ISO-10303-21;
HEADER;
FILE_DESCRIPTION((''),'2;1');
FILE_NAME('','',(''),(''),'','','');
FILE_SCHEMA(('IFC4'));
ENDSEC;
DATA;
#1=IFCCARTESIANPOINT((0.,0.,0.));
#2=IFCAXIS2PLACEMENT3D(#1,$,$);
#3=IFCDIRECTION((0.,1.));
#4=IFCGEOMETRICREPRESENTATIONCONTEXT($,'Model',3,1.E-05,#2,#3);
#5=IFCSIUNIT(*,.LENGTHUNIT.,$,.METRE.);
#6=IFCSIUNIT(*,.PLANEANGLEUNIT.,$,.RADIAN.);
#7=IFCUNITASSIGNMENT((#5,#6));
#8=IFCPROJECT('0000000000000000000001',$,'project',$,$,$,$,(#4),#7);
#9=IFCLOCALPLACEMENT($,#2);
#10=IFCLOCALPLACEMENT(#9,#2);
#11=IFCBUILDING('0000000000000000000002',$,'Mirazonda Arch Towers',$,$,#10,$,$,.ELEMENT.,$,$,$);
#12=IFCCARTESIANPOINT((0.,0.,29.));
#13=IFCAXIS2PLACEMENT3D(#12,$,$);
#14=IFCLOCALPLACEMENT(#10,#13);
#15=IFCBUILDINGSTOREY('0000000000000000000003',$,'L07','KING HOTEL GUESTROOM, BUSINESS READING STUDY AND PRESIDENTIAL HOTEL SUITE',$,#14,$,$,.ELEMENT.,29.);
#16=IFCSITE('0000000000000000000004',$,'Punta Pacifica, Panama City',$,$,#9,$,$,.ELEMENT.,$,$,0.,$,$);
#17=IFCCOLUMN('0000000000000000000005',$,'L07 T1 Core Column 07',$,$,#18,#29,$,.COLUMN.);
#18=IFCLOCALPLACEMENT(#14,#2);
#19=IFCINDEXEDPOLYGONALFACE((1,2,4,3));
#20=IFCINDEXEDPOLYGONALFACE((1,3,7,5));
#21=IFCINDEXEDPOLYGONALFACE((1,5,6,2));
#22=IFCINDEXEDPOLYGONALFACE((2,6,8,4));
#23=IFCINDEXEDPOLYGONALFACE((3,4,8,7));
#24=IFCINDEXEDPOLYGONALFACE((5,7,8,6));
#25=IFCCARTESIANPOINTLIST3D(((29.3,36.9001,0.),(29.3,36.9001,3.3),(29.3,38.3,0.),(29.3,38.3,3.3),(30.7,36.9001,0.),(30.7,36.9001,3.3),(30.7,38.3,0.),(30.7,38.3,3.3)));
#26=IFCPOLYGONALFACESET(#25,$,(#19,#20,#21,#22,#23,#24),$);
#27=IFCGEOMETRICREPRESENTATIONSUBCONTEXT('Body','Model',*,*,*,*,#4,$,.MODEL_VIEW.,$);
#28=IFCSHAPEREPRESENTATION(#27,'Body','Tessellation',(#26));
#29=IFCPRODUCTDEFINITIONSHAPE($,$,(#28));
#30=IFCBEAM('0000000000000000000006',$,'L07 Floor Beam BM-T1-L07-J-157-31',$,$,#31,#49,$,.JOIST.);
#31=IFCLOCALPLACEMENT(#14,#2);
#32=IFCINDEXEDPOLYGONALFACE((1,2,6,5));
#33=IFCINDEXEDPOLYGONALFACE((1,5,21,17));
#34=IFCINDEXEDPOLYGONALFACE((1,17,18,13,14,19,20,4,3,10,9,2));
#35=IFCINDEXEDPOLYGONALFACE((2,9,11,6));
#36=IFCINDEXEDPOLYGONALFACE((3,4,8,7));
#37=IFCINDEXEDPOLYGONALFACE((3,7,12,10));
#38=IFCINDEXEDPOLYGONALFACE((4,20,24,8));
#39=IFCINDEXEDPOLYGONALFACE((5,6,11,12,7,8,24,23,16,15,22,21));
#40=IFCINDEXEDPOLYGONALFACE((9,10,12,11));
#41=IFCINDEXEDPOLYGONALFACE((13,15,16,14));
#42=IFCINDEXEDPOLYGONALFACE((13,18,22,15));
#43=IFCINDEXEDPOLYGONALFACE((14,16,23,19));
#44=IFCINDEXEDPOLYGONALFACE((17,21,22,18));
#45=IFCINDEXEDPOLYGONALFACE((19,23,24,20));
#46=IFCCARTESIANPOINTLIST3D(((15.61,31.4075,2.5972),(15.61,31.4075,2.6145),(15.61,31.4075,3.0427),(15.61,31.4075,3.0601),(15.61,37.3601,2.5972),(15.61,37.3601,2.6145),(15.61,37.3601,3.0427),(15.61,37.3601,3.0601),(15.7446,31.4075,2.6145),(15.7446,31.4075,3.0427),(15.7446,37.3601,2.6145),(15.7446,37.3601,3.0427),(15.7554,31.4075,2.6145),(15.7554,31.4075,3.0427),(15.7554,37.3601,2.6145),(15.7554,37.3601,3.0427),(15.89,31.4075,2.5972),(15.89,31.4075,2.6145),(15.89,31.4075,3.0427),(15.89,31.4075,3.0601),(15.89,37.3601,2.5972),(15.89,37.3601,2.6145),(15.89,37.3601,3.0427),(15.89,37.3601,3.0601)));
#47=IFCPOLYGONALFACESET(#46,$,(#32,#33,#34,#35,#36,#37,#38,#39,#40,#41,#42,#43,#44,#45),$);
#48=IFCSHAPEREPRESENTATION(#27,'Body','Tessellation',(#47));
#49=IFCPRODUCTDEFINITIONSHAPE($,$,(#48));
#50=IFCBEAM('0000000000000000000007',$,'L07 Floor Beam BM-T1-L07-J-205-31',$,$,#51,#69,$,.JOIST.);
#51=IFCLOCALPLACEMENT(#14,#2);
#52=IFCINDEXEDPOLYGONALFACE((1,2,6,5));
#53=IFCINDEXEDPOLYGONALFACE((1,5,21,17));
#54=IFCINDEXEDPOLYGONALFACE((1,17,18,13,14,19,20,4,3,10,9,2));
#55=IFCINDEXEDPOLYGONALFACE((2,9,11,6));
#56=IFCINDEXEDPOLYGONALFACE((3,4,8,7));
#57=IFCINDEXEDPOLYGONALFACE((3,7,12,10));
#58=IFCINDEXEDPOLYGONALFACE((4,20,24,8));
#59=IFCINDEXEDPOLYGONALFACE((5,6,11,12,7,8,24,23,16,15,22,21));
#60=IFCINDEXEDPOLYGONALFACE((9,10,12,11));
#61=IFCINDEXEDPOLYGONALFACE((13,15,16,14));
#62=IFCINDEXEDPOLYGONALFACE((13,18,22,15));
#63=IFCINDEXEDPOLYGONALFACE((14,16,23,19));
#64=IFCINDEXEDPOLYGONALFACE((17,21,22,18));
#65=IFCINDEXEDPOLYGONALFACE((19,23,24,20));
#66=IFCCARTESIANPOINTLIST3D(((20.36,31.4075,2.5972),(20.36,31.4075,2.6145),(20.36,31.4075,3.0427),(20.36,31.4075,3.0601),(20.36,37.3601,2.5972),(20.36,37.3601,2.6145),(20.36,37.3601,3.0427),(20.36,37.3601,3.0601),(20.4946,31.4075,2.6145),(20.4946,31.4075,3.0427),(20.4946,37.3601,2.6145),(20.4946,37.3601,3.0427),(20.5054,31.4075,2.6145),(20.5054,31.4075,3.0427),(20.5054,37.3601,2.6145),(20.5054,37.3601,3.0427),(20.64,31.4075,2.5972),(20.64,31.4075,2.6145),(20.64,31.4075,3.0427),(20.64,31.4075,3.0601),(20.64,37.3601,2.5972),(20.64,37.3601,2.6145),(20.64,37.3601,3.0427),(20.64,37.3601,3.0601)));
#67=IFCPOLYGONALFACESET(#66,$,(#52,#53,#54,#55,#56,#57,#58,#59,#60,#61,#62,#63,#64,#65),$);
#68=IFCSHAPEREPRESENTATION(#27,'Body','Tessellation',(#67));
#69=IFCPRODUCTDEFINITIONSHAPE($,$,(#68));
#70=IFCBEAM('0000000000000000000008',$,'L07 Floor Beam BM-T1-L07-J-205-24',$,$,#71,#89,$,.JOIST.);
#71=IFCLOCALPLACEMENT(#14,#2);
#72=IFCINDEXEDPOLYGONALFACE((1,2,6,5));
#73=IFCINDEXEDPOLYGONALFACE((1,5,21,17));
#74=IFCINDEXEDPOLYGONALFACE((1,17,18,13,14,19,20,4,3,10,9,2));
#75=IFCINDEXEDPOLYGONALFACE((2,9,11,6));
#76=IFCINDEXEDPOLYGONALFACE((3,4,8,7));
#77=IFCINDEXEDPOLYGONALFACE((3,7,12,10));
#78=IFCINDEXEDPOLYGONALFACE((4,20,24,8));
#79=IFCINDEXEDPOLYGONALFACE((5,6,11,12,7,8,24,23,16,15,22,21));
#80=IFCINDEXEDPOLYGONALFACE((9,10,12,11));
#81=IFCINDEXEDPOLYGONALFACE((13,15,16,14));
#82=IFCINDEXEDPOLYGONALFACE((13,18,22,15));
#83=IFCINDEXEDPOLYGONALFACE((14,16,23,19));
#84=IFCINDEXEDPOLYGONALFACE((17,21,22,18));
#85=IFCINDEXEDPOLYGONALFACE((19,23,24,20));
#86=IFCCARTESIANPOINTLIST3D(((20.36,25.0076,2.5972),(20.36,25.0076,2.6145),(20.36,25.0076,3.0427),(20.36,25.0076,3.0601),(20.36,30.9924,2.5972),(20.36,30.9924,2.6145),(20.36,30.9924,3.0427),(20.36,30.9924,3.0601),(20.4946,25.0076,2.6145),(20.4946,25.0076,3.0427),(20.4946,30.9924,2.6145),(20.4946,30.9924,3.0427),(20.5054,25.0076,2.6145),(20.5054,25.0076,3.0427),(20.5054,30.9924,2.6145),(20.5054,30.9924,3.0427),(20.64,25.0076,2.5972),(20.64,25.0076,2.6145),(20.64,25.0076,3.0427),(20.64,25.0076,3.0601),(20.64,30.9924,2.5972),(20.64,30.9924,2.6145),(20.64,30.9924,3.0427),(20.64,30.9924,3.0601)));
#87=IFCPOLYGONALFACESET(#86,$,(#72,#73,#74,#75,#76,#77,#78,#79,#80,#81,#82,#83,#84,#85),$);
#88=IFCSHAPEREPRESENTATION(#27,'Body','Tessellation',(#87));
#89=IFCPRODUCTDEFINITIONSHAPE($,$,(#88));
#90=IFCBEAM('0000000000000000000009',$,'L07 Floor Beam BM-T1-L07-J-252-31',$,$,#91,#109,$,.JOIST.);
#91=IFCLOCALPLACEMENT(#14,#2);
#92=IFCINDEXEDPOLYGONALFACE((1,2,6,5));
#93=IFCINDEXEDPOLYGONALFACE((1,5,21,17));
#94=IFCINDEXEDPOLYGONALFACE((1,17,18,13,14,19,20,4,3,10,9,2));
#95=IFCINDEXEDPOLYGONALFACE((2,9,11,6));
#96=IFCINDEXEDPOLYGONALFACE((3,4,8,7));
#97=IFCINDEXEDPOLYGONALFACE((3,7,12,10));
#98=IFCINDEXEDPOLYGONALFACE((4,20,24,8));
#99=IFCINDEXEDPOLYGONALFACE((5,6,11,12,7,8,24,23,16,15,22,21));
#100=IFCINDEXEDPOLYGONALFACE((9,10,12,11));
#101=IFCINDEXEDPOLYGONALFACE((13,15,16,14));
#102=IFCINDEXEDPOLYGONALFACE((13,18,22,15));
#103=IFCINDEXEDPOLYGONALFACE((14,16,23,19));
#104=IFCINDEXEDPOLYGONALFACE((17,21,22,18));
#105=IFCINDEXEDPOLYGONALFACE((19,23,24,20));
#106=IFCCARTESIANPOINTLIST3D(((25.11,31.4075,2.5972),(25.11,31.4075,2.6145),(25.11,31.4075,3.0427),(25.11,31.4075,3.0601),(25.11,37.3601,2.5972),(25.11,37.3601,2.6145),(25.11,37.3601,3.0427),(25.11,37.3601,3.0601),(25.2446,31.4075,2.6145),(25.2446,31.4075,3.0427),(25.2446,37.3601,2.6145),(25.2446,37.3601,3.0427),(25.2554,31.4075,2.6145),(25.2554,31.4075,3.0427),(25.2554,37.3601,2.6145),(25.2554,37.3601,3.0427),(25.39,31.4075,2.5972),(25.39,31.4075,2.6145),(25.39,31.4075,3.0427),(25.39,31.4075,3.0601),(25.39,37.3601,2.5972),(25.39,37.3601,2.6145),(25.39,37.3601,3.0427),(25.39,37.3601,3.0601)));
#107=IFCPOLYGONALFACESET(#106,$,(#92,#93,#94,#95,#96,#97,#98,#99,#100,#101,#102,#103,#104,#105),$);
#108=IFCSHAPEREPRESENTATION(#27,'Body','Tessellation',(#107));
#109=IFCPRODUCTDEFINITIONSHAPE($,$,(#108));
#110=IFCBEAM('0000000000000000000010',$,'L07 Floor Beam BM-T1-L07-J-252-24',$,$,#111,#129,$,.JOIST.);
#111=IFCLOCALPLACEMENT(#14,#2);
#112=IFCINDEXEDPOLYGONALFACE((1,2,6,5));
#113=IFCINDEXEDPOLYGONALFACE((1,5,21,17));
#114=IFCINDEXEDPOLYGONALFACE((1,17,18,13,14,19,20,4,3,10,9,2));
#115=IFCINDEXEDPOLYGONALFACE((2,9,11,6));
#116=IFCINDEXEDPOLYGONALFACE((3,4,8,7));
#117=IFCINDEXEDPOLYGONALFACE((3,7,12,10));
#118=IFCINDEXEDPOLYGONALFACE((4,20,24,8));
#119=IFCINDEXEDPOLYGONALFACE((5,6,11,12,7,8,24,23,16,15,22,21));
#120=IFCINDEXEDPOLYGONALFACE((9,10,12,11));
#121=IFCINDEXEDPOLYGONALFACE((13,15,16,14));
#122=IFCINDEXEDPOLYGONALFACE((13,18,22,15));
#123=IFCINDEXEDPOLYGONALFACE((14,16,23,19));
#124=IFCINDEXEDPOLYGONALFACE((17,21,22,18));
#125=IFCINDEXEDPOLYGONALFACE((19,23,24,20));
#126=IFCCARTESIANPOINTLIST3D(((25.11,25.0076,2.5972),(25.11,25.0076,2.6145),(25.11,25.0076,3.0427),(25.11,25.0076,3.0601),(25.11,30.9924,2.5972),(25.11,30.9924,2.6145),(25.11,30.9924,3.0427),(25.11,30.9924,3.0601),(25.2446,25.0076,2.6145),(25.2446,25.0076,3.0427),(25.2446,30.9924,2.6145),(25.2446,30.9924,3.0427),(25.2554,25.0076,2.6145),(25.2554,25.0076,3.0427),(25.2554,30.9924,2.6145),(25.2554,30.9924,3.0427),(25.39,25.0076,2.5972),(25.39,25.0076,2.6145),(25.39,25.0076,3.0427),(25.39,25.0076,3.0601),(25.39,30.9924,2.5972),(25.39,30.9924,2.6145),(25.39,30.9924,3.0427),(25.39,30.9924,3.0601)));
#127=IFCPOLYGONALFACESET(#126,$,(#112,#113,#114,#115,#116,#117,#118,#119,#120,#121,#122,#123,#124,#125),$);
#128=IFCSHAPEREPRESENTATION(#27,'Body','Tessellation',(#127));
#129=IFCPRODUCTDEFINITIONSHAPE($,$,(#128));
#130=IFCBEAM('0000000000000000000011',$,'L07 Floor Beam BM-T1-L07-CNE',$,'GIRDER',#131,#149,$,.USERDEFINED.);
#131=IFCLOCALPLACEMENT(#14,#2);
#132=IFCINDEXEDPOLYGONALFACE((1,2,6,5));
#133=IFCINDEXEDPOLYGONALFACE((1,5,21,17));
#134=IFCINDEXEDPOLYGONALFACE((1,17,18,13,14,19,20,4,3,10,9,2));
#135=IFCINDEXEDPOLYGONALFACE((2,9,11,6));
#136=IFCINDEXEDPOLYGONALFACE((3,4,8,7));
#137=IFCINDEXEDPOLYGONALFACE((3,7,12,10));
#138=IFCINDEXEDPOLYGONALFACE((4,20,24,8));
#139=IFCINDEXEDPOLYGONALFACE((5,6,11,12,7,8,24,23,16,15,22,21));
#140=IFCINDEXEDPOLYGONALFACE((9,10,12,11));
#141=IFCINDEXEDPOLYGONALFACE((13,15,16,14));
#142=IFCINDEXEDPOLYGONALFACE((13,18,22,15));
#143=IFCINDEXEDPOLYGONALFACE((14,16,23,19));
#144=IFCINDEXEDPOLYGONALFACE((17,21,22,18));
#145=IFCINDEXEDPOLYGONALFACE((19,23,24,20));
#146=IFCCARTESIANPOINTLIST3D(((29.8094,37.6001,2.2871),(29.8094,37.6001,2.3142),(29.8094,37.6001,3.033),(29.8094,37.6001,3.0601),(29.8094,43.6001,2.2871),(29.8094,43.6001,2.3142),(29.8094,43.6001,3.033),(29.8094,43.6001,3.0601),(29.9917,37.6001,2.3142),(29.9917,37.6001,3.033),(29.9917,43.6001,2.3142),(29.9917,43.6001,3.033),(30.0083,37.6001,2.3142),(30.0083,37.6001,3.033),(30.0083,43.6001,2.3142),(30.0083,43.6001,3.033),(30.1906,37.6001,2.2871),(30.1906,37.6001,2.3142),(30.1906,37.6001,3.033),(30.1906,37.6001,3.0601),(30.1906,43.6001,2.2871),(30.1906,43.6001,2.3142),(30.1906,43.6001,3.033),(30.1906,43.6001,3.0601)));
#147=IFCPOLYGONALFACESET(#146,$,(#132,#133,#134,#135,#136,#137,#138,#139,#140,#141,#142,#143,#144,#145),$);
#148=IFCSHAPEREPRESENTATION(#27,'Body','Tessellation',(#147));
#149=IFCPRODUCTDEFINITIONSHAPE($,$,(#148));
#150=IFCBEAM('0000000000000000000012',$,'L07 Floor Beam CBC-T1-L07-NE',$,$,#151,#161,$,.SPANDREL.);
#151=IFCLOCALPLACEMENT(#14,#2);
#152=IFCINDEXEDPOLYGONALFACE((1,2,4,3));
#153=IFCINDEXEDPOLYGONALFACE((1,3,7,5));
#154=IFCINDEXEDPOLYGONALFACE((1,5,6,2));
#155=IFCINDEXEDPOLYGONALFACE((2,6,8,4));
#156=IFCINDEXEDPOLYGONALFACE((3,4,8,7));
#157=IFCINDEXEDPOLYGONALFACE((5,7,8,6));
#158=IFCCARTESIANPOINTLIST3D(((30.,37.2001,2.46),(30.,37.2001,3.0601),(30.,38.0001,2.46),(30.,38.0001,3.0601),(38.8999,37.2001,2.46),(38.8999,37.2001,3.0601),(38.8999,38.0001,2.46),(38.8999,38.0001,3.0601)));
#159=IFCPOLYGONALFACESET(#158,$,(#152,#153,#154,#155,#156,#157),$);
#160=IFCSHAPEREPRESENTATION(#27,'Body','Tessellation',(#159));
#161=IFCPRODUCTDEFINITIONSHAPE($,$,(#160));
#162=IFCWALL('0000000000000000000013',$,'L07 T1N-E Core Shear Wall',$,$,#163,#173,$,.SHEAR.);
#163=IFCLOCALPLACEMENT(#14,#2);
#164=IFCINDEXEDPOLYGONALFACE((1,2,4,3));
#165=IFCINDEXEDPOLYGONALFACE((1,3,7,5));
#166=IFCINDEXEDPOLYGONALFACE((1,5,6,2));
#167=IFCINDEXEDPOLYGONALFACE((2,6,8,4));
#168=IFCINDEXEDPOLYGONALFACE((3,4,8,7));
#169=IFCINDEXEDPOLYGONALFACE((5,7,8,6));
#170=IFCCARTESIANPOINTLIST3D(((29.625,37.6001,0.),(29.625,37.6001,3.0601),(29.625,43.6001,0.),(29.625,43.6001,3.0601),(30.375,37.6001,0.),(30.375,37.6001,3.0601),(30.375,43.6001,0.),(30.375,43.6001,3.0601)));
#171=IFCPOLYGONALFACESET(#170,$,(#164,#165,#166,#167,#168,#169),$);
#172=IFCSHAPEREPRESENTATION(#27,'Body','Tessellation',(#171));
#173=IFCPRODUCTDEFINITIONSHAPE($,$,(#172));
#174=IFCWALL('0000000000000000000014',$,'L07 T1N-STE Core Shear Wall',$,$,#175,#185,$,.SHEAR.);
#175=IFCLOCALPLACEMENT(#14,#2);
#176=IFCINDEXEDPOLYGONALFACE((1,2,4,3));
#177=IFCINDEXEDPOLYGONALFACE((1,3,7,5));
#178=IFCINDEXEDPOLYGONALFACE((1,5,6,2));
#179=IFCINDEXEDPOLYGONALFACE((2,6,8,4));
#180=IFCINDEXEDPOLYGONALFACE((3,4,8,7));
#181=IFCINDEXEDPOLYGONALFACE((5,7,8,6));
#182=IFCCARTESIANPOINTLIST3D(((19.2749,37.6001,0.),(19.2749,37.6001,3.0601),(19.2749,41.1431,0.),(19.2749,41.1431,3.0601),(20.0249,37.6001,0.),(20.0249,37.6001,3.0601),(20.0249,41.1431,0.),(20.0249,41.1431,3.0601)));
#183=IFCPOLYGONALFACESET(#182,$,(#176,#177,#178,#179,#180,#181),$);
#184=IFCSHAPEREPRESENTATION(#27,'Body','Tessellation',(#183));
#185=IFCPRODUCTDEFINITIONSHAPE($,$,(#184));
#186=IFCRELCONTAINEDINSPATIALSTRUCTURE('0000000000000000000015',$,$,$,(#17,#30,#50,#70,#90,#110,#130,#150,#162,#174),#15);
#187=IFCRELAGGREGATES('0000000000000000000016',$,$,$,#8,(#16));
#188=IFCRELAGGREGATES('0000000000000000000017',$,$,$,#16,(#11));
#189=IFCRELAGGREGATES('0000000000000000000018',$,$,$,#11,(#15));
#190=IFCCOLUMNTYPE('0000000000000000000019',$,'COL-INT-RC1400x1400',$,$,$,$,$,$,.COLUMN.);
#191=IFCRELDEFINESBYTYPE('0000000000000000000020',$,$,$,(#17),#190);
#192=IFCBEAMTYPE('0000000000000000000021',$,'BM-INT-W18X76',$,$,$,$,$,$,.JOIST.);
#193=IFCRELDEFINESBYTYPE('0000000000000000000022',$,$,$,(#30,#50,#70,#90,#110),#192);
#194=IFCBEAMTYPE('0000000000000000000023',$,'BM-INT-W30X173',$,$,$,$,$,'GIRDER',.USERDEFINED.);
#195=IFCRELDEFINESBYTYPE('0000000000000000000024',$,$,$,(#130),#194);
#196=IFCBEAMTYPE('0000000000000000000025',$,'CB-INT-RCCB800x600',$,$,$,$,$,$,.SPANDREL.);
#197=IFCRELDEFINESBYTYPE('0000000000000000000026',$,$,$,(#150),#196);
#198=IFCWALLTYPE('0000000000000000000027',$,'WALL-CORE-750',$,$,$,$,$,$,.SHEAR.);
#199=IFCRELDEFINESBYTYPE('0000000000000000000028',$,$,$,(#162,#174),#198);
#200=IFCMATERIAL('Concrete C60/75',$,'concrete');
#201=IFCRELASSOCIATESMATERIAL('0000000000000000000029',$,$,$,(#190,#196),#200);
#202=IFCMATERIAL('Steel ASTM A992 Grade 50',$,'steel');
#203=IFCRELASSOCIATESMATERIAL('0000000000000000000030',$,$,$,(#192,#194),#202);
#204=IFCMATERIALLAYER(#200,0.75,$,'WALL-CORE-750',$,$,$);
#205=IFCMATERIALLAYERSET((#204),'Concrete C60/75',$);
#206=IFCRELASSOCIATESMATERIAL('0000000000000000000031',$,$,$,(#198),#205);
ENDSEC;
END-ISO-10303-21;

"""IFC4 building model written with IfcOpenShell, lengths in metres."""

from ifc_helpers import new_model, si_unit, direction, frame, frame_2d, origin, origin_2d, place, context, subcontext, project, spatial, rectangle, i_section, extrude, material, layer, layer_set, material_profile, profile_set, type_object, element, save


model = new_model("IFC4")

# Units and contexts
model_context = context("Model", 3, precision=1e-05, world=origin(), true_north=direction((0.0, 1.0)))
body_context = subcontext(model_context, "Body", "Model", "MODEL_VIEW")
ifc_project = project(units=[si_unit("LENGTHUNIT", "METRE"), si_unit("PLANEANGLEUNIT", "RADIAN")], contexts=[model_context])

# Site, building, storey
site_placement = place(None, origin())
site = spatial("IfcSite", under=ifc_project, at=site_placement, Name="Punta Pacifica, Panama City", CompositionType="ELEMENT", RefElevation=0.0)
building_placement = place(site_placement, origin())
building = spatial("IfcBuilding", under=site, at=building_placement, Name="Mirazonda Arch Towers", CompositionType="ELEMENT")
storey_placement = place(building_placement, frame((0.0, 0.0, 29.0)))
storey = spatial("IfcBuildingStorey", under=building, at=storey_placement, Name="L07", Description="KING HOTEL GUESTROOM, BUSINESS READING STUDY AND PRESIDENTIAL HOTEL SUITE", CompositionType="ELEMENT", Elevation=29.0)

# Column
ifc_material_1 = material(Name="Concrete C60/75", Category="concrete")
ifc_material_profile_1 = material_profile(ifc_material_1, rectangle(XDim=1.3999, YDim=1.3999, at=origin_2d()), Name="RC1400x1400")
ifc_profile_set_1 = profile_set([ifc_material_profile_1], Name="Concrete C60/75")
column_type = type_object("IfcColumnType", Name="COL-INT-RC1400x1400", PredefinedType="COLUMN", material=ifc_profile_set_1)
column_placement = place(storey_placement, frame((30.0, 37.6001, 0.0), z_axis=(0.0, 0.0, 1.0), x_axis=(1.0, 0.0, 0.0)))
element("IfcColumn", 1, at=column_placement, inside=storey, type_object=column_type, Name="L07 T1 Core Column 07", PredefinedType="COLUMN", context=body_context, shape_type="SweptSolid", body=[
    extrude(rectangle(XDim=1.3999, YDim=1.3999, at=origin_2d()), origin(), (0.0, 0.0, 1.0), 3.3),
])

# Beams
ifc_material_2 = material(Name="Steel ASTM A992 Grade 50", Category="steel")
ifc_material_profile_2 = material_profile(ifc_material_2, i_section(OverallWidth=0.28, OverallDepth=0.4629, WebThickness=0.0107, FlangeThickness=0.0173, at=origin_2d()), Name="W18X76")
ifc_profile_set_2 = profile_set([ifc_material_profile_2], Name="Steel ASTM A992 Grade 50")
beam_type_1 = type_object("IfcBeamType", Name="BM-INT-W18X76", PredefinedType="JOIST", material=ifc_profile_set_2)
for number, where, z_axis, x_axis, name in (
    (2, (15.75, 31.4075, 2.8286), (0.0, 1.0, 0.0), (-1.0, 0.0, 0.0), "L07 Floor Beam BM-T1-L07-J-157-31"),
    (3, (20.5, 31.4075, 2.8286), (0.0, 1.0, 0.0), (-1.0, 0.0, 0.0), "L07 Floor Beam BM-T1-L07-J-205-31"),
):
    element("IfcBeam", number, at=place(storey_placement, frame(where, z_axis=z_axis, x_axis=x_axis)), inside=storey, type_object=beam_type_1, Name=name, PredefinedType="JOIST", context=body_context, shape_type="SweptSolid", body=[
        extrude(i_section(OverallWidth=0.28, OverallDepth=0.4629, WebThickness=0.0107, FlangeThickness=0.0173, at=origin_2d()), origin(), (0.0, 0.0, 1.0), 5.9526),
    ])
beam_1_placement = place(storey_placement, frame((20.5, 25.0076, 2.8286), z_axis=(0.0, 1.0, 0.0), x_axis=(-1.0, 0.0, 0.0)))
element("IfcBeam", 4, at=beam_1_placement, inside=storey, type_object=beam_type_1, Name="L07 Floor Beam BM-T1-L07-J-205-24", PredefinedType="JOIST", context=body_context, shape_type="SweptSolid", body=[
    extrude(i_section(OverallWidth=0.28, OverallDepth=0.4629, WebThickness=0.0107, FlangeThickness=0.0173, at=origin_2d()), origin(), (0.0, 0.0, 1.0), 5.9849),
])
beam_2_placement = place(storey_placement, frame((25.25, 31.4075, 2.8286), z_axis=(0.0, 1.0, 0.0), x_axis=(-1.0, 0.0, 0.0)))
element("IfcBeam", 5, at=beam_2_placement, inside=storey, type_object=beam_type_1, Name="L07 Floor Beam BM-T1-L07-J-252-31", PredefinedType="JOIST", context=body_context, shape_type="SweptSolid", body=[
    extrude(i_section(OverallWidth=0.28, OverallDepth=0.4629, WebThickness=0.0107, FlangeThickness=0.0173, at=origin_2d()), origin(), (0.0, 0.0, 1.0), 5.9526),
])
beam_3_placement = place(storey_placement, frame((25.25, 25.0076, 2.8286), z_axis=(0.0, 1.0, 0.0), x_axis=(-1.0, 0.0, 0.0)))
element("IfcBeam", 6, at=beam_3_placement, inside=storey, type_object=beam_type_1, Name="L07 Floor Beam BM-T1-L07-J-252-24", PredefinedType="JOIST", context=body_context, shape_type="SweptSolid", body=[
    extrude(i_section(OverallWidth=0.28, OverallDepth=0.4629, WebThickness=0.0107, FlangeThickness=0.0173, at=origin_2d()), origin(), (0.0, 0.0, 1.0), 5.9849),
])
ifc_material_profile_3 = material_profile(ifc_material_2, i_section(OverallWidth=0.3811, OverallDepth=0.7729, WebThickness=0.0166, FlangeThickness=0.0271, at=origin_2d()), Name="W30X173")
ifc_profile_set_3 = profile_set([ifc_material_profile_3], Name="Steel ASTM A992 Grade 50")
beam_type_2 = type_object("IfcBeamType", Name="BM-INT-W30X173", ElementType="GIRDER", PredefinedType="USERDEFINED", material=ifc_profile_set_3)
beam_4_placement = place(storey_placement, frame((30.0, 37.6001, 2.6736), z_axis=(0.0, 1.0, 0.0), x_axis=(-1.0, 0.0, 0.0)))
element("IfcBeam", 7, at=beam_4_placement, inside=storey, type_object=beam_type_2, Name="L07 Floor Beam BM-T1-L07-CNE", ObjectType="GIRDER", PredefinedType="USERDEFINED", context=body_context, shape_type="SweptSolid", body=[
    extrude(i_section(OverallWidth=0.3811, OverallDepth=0.7729, WebThickness=0.0166, FlangeThickness=0.0271, at=origin_2d()), origin(), (0.0, 0.0, 1.0), 6.0),
])
ifc_material_profile_4 = material_profile(ifc_material_1, rectangle(XDim=0.8, YDim=0.6001, at=origin_2d()), Name="RCCB800x600")
ifc_profile_set_4 = profile_set([ifc_material_profile_4], Name="Concrete C60/75")
beam_type_3 = type_object("IfcBeamType", Name="CB-INT-RCCB800x600", PredefinedType="SPANDREL", material=ifc_profile_set_4)
beam_5_placement = place(storey_placement, frame((30.0, 37.6001, 2.76), z_axis=(1.0, 0.0, 0.0), x_axis=(0.0, 1.0, 0.0)))
element("IfcBeam", 8, at=beam_5_placement, inside=storey, type_object=beam_type_3, Name="L07 Floor Beam CBC-T1-L07-NE", PredefinedType="SPANDREL", context=body_context, shape_type="SweptSolid", body=[
    extrude(rectangle(XDim=0.8, YDim=0.6001, at=origin_2d()), origin(), (0.0, 0.0, 1.0), 8.8999),
])

# Walls
ifc_layer_1 = layer(ifc_material_1, 0.75, Name="WALL-CORE-750")
ifc_layer_set_1 = layer_set([ifc_layer_1], Name="Concrete C60/75")
wall_type_1 = type_object("IfcWallType", Name="WALL-CORE-750", PredefinedType="SHEAR", material=ifc_layer_set_1)
wall_1_placement = place(storey_placement, frame((30.0, 37.6001, 0.0), z_axis=(0.0, 0.0, 1.0), x_axis=(0.0, 1.0, 0.0)))
element("IfcWall", 9, at=wall_1_placement, inside=storey, type_object=wall_type_1, Name="L07 T1N-E Core Shear Wall", PredefinedType="SHEAR", context=body_context, shape_type="SweptSolid", body=[
    extrude(rectangle(XDim=6.0, YDim=0.75, at=frame_2d((3.0, 0.0))), origin(), (0.0, 0.0, 1.0), 3.0601),
])
wall_2_placement = place(storey_placement, frame((19.6499, 37.6001, 0.0), z_axis=(0.0, 0.0, 1.0), x_axis=(0.0, 1.0, 0.0)))
element("IfcWall", 10, at=wall_2_placement, inside=storey, type_object=wall_type_1, Name="L07 T1N-STE Core Shear Wall", PredefinedType="SHEAR", context=body_context, shape_type="SweptSolid", body=[
    extrude(rectangle(XDim=3.543, YDim=0.75, at=frame_2d((1.7715, 0.0))), origin(), (0.0, 0.0, 1.0), 3.0601),
])

save(model, "model.ifc")
